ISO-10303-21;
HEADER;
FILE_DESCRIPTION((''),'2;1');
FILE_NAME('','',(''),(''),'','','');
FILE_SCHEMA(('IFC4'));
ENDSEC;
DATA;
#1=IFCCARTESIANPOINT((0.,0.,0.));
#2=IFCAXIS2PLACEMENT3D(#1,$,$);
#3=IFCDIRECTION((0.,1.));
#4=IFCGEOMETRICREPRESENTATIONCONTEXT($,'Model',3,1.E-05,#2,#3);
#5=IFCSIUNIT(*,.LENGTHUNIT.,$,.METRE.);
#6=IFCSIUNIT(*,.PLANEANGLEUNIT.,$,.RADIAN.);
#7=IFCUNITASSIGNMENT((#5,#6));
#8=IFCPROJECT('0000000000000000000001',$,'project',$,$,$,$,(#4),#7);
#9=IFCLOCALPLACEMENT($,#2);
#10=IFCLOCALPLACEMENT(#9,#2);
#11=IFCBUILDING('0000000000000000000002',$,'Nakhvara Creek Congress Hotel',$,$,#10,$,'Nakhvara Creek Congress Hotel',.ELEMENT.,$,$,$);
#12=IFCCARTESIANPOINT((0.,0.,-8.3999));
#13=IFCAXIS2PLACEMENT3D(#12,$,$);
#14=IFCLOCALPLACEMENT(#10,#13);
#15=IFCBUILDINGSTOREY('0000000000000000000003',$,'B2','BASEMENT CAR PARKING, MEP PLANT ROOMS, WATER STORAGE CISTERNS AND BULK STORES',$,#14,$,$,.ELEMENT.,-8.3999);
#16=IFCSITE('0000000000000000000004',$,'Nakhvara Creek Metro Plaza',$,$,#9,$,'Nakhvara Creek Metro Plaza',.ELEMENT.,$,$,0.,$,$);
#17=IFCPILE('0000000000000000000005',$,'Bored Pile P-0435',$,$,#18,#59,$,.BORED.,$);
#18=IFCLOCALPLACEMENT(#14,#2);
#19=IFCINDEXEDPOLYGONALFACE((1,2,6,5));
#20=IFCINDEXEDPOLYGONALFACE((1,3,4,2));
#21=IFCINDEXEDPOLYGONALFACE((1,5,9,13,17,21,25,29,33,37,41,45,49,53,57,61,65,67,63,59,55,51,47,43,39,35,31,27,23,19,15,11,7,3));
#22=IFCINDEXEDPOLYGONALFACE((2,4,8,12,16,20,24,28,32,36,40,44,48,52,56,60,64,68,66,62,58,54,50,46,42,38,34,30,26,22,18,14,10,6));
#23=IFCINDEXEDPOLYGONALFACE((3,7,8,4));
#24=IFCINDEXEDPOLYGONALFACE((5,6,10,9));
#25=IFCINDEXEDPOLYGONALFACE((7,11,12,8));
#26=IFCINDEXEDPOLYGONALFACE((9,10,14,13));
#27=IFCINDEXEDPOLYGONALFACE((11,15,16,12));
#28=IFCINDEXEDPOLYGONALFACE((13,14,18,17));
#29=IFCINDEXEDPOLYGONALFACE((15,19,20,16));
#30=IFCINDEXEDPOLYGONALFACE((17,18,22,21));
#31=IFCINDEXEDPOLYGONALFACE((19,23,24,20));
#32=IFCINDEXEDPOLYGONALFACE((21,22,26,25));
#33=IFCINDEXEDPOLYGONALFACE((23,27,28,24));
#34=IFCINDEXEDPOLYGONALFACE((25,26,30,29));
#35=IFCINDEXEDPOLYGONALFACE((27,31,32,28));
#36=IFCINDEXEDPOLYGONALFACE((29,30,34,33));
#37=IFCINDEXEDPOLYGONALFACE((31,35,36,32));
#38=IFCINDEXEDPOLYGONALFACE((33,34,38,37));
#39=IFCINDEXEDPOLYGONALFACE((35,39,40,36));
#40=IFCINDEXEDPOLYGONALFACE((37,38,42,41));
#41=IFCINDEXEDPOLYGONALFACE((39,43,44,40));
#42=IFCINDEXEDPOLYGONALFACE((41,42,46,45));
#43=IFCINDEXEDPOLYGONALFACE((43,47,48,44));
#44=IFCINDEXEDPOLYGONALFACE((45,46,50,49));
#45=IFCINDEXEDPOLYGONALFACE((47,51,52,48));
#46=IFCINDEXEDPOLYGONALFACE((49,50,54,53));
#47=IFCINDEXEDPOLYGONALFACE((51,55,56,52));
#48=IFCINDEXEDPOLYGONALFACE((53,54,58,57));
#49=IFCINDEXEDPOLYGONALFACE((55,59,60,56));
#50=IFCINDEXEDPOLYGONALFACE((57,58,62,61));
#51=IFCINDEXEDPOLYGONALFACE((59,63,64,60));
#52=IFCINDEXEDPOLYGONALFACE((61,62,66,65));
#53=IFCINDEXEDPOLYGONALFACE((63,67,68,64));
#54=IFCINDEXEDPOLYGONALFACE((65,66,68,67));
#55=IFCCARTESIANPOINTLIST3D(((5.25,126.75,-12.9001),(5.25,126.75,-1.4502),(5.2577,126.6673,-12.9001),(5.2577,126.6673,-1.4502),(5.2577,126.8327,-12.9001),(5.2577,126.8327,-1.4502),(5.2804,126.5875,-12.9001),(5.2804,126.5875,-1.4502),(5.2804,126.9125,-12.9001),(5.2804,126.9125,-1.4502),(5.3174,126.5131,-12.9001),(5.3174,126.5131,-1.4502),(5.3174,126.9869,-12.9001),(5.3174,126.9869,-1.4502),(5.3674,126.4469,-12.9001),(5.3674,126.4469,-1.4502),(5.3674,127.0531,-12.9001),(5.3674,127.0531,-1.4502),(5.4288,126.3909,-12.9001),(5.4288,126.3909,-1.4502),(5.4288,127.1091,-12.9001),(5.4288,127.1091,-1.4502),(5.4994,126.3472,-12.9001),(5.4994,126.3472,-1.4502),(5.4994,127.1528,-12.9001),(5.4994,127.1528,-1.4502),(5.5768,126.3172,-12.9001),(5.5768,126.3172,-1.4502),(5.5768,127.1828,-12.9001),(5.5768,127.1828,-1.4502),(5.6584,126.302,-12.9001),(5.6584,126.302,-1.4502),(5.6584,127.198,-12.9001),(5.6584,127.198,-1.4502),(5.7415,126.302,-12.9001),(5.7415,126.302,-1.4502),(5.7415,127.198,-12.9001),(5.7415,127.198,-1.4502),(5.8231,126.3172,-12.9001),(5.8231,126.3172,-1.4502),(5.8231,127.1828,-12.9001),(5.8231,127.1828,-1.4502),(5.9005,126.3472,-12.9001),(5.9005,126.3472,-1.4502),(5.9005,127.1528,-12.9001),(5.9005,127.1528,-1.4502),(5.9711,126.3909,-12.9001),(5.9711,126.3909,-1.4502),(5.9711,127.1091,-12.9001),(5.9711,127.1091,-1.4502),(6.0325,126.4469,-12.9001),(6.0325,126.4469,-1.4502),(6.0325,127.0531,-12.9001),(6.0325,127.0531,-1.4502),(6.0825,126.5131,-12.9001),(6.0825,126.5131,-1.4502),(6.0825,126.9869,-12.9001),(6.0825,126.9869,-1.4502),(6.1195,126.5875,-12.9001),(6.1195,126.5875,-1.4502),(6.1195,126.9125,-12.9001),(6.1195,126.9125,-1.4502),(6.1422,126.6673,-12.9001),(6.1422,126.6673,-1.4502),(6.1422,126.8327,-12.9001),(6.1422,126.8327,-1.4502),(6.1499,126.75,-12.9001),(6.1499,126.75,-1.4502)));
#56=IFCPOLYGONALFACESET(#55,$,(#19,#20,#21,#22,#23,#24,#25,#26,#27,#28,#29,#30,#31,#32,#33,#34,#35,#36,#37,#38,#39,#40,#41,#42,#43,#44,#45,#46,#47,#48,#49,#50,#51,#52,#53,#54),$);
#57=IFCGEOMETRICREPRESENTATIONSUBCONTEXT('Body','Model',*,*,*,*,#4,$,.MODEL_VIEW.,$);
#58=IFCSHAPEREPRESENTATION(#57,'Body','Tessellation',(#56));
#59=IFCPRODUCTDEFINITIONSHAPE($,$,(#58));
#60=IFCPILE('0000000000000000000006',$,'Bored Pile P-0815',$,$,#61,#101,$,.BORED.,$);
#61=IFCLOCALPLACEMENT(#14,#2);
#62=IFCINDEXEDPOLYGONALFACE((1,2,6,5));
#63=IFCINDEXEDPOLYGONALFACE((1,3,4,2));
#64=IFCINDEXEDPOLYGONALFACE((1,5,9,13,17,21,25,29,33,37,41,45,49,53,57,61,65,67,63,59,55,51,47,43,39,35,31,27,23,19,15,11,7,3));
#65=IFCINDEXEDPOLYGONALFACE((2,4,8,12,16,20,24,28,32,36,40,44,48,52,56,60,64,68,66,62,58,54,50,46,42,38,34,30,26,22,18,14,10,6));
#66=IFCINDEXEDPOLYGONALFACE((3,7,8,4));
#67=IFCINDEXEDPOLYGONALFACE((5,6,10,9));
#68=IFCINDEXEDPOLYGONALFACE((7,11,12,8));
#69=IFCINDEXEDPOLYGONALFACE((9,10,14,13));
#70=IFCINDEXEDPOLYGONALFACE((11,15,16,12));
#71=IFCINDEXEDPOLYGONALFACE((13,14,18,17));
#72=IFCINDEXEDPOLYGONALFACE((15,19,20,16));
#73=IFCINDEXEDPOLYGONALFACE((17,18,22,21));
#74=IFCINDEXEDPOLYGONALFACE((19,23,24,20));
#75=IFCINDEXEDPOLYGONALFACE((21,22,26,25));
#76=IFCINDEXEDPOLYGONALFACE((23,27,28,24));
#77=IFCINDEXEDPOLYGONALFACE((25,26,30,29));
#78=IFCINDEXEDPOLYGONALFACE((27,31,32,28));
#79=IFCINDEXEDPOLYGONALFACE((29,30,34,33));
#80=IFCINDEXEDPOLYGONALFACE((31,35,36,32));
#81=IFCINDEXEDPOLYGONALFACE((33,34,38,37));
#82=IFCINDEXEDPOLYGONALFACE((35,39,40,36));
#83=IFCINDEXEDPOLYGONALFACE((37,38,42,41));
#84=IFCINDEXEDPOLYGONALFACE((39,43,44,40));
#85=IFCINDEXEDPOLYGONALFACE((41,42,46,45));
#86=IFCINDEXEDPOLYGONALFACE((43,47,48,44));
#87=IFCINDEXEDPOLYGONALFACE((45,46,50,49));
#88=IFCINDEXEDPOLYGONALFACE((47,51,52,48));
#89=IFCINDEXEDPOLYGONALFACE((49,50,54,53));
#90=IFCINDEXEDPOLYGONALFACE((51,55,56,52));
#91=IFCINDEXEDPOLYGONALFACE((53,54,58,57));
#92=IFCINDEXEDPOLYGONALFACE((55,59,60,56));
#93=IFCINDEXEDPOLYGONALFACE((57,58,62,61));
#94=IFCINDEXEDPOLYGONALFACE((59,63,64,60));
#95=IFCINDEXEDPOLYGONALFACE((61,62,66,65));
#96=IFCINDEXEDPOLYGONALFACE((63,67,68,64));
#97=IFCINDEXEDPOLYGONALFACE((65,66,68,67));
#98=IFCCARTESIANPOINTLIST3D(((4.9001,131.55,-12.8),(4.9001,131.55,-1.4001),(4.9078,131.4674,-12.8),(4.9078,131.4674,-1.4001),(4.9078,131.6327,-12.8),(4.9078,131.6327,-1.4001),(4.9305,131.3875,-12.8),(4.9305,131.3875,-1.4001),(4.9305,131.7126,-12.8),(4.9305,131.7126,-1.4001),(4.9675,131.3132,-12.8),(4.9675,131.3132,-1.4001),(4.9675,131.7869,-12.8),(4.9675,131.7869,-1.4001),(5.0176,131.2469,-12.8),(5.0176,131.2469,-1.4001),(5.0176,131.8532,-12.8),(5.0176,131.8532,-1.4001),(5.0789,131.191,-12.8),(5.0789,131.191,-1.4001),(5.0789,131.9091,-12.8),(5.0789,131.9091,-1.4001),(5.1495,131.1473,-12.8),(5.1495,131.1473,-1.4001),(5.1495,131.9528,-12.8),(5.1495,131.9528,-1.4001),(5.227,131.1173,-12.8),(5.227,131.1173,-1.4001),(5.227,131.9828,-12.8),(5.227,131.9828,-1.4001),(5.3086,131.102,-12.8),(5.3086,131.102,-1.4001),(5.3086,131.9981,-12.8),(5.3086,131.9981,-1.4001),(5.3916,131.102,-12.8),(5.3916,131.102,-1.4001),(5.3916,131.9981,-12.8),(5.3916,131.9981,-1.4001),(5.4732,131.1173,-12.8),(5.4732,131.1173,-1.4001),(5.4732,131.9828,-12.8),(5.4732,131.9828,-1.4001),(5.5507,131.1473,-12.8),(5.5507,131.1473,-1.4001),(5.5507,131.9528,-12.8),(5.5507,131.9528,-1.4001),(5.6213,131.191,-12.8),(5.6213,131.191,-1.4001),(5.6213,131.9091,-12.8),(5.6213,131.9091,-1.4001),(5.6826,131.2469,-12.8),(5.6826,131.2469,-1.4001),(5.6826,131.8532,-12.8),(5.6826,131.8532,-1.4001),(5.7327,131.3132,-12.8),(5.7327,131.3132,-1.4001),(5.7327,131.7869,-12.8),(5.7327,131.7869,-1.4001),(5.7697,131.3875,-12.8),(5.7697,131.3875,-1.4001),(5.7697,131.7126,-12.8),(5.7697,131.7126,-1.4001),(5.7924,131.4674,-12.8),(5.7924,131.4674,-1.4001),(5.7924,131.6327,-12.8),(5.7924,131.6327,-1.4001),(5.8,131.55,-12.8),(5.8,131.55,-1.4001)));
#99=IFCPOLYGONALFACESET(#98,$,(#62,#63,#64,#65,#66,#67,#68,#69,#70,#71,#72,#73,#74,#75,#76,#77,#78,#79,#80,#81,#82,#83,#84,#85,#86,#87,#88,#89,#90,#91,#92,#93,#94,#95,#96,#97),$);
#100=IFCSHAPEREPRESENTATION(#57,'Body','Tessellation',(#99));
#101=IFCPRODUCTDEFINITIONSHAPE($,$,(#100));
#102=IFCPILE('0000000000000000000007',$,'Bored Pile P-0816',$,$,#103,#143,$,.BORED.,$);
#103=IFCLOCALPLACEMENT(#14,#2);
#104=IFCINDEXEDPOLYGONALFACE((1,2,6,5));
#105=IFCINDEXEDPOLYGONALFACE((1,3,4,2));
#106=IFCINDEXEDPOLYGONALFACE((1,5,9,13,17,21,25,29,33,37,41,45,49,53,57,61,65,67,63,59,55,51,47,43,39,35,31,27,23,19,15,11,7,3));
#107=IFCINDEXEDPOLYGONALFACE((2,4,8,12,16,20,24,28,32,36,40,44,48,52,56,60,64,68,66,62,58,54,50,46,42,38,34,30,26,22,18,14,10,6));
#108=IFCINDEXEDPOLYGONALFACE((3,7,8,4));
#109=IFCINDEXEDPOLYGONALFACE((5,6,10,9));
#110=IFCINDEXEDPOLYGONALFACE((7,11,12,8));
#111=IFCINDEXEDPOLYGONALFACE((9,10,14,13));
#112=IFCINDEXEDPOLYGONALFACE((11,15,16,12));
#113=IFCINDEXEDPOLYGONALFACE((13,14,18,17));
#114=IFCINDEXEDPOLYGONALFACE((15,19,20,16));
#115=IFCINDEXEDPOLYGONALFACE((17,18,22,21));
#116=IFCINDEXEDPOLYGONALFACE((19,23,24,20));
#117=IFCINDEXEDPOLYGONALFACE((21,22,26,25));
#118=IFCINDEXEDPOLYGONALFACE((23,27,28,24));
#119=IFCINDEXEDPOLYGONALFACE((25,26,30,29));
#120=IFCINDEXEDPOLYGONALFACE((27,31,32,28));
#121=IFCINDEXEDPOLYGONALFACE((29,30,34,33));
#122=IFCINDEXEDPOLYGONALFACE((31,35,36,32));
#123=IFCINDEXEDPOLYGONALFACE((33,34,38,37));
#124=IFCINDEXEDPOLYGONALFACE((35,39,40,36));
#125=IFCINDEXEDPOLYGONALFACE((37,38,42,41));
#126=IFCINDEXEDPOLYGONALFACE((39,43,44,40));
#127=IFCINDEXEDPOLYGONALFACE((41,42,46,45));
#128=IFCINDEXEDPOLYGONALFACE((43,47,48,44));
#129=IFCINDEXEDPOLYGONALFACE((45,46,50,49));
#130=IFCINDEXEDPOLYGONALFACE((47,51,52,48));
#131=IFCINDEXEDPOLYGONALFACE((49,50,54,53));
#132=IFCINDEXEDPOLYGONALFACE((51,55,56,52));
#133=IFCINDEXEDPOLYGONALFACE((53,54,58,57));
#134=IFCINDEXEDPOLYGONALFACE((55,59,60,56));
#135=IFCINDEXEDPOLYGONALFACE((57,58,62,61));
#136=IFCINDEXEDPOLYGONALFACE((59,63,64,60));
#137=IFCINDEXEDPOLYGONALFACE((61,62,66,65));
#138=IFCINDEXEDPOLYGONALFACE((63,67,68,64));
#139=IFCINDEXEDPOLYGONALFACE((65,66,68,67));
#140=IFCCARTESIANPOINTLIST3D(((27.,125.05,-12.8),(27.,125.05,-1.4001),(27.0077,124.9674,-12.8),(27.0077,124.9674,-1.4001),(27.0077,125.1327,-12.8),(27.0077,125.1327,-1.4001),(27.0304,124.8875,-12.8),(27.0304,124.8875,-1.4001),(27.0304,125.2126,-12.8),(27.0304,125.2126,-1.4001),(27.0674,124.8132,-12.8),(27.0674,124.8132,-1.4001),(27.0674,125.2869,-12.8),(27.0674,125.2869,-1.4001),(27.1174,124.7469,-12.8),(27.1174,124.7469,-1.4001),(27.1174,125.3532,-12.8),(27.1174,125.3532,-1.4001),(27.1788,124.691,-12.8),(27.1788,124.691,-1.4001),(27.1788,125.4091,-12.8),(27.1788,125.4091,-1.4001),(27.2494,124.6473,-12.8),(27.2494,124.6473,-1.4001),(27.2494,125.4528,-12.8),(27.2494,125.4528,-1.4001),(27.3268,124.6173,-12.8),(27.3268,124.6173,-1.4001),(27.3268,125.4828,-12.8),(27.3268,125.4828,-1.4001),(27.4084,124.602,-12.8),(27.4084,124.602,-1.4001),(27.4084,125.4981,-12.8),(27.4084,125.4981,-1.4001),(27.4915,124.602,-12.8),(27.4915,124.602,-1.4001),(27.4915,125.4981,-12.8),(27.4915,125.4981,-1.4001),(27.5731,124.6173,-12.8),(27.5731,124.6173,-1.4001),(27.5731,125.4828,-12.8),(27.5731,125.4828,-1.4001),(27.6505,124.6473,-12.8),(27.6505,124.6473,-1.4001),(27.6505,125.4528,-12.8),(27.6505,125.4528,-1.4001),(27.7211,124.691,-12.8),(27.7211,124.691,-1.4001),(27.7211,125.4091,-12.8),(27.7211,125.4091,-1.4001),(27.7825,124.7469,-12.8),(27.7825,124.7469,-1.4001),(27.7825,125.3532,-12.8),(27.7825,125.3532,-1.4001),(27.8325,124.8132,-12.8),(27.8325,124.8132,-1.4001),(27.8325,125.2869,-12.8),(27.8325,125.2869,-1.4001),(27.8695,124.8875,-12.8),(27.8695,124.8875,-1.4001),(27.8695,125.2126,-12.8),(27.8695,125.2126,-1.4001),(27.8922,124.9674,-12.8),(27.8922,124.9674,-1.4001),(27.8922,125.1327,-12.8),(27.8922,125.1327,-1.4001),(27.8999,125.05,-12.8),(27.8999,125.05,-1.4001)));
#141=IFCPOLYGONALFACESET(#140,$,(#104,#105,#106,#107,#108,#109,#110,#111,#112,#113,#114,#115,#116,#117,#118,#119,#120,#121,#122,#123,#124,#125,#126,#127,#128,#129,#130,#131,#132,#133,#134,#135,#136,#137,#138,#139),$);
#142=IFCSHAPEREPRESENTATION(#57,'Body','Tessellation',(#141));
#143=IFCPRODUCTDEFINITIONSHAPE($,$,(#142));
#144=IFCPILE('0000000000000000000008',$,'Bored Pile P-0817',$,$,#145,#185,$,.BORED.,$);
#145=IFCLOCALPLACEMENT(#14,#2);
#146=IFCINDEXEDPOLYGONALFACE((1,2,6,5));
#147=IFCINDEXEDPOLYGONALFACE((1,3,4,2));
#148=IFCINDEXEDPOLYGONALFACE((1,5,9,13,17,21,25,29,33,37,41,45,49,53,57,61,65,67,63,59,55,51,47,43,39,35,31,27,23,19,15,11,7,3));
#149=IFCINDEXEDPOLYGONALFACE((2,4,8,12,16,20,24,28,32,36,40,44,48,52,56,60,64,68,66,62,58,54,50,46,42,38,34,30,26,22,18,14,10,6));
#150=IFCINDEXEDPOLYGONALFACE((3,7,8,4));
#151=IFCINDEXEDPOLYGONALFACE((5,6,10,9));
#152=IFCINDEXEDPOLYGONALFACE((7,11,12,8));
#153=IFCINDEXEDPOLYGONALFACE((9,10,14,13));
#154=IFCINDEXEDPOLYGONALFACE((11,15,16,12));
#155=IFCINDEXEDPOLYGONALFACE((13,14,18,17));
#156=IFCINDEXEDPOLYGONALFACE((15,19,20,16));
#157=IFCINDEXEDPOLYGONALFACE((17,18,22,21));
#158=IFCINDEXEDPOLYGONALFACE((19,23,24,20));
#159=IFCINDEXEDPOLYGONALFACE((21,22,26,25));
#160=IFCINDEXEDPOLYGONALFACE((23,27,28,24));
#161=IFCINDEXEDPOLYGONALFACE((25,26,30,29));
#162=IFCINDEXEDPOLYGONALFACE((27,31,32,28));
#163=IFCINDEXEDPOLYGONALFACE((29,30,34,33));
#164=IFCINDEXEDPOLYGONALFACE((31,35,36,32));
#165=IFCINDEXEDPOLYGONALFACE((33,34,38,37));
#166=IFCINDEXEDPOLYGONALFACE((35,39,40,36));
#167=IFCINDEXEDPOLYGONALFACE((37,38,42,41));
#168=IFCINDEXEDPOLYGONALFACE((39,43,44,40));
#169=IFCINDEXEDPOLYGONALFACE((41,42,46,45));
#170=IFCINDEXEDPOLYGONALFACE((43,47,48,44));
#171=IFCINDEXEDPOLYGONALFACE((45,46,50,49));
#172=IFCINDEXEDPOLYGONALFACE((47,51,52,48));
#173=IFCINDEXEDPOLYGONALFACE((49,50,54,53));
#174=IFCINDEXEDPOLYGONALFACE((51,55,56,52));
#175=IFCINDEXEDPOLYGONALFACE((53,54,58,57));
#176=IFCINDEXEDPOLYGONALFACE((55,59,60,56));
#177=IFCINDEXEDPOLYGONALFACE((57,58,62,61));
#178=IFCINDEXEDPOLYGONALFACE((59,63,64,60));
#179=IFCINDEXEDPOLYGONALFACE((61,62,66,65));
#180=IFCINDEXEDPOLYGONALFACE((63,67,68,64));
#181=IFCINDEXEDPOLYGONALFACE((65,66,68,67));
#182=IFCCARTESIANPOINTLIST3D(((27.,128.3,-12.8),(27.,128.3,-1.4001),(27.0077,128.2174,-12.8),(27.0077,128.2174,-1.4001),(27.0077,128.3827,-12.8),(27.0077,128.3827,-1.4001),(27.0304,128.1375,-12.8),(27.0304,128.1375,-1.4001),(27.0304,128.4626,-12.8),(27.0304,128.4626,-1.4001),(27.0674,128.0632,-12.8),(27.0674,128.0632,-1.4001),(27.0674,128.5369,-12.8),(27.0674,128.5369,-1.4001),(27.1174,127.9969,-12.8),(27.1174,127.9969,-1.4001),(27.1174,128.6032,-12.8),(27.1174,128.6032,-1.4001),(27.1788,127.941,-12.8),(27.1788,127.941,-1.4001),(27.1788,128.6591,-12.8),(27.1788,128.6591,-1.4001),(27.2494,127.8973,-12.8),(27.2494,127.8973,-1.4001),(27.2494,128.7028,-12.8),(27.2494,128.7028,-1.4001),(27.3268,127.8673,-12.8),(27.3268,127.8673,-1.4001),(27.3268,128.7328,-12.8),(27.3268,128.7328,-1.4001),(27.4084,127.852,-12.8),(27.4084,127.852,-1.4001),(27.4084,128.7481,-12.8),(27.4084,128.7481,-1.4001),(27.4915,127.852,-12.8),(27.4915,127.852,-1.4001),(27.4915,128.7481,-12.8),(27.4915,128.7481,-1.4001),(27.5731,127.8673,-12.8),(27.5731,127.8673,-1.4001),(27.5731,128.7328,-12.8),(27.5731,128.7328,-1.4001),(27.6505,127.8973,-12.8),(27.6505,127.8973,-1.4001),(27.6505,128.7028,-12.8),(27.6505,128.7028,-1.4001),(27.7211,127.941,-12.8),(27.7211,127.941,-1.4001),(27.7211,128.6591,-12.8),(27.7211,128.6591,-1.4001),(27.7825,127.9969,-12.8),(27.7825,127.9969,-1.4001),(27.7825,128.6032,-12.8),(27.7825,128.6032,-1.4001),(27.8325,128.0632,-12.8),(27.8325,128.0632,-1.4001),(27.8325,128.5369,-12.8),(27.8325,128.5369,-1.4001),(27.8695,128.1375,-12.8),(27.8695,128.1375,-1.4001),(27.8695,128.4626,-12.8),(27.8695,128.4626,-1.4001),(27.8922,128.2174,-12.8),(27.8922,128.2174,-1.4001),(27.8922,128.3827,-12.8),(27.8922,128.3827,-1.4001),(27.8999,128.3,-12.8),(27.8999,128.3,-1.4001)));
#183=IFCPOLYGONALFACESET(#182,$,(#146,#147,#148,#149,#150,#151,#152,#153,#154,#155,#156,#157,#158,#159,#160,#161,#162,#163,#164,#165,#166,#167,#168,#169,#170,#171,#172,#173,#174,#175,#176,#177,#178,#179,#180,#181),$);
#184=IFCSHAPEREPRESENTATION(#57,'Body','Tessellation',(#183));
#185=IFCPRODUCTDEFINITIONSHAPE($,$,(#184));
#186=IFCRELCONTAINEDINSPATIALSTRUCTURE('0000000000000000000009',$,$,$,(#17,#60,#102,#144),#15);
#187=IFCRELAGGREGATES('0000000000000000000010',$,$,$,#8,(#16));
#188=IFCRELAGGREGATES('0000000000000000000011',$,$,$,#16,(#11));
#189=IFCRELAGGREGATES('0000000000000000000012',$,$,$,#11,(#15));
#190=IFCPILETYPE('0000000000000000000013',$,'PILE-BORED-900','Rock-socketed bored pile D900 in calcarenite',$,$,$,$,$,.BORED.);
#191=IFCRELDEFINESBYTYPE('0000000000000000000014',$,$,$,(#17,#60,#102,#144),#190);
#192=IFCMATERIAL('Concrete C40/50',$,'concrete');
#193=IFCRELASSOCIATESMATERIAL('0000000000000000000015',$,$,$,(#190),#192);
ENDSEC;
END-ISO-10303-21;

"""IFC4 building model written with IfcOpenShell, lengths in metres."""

from ifc_helpers import new_model, si_unit, direction, frame, origin, origin_2d, place, context, subcontext, project, spatial, circle, extrude, material, material_profile, profile_set, type_object, element, save


model = new_model("IFC4")

# Units and contexts
model_context = context("Model", 3, precision=1e-05, world=origin(), true_north=direction((0.0, 1.0)))
body_context = subcontext(model_context, "Body", "Model", "MODEL_VIEW")
ifc_project = project(units=[si_unit("LENGTHUNIT", "METRE"), si_unit("PLANEANGLEUNIT", "RADIAN")], contexts=[model_context])

# Site, building, storey
site_placement = place(None, origin())
site = spatial("IfcSite", under=ifc_project, at=site_placement, Name="Nakhvara Creek Metro Plaza", LongName="Nakhvara Creek Metro Plaza", CompositionType="ELEMENT", RefElevation=0.0)
building_placement = place(site_placement, origin())
building = spatial("IfcBuilding", under=site, at=building_placement, Name="Nakhvara Creek Congress Hotel", LongName="Nakhvara Creek Congress Hotel", CompositionType="ELEMENT")
storey_placement = place(building_placement, frame((0.0, 0.0, -8.3999)))
storey = spatial("IfcBuildingStorey", under=building, at=storey_placement, Name="B2", Description="BASEMENT CAR PARKING, MEP PLANT ROOMS, WATER STORAGE CISTERNS AND BULK STORES", CompositionType="ELEMENT", Elevation=-8.3999)

# Shared definitions
ifc_material_1 = material(Name="Concrete C40/50", Category="concrete")

# Piles
ifc_material_profile_1 = material_profile(ifc_material_1, circle(Radius=0.45, at=origin_2d()), Name="BORED PILE D900", Category="LoadBearing")
ifc_profile_set_1 = profile_set([ifc_material_profile_1], Name="Concrete C40/50")
pile_type = type_object("IfcPileType", Name="PILE-BORED-900", Description="Rock-socketed bored pile D900 in calcarenite", PredefinedType="BORED", material=ifc_profile_set_1)
for number, where, z_axis, x_axis, name in (
    (1, (5.7, 126.75, -1.4502), (0.0, 0.0, -1.0), (1.0, 0.0, 0.0), "Bored Pile P-0435"),
):
    element("IfcPile", number, at=place(storey_placement, frame(where, z_axis=z_axis, x_axis=x_axis)), inside=storey, type_object=pile_type, Name=name, PredefinedType="BORED", context=body_context, shape_type="SweptSolid", body=[
        extrude(circle(Radius=0.45, at=origin_2d()), origin(), (0.0, 0.0, 1.0), 11.45),
    ])
for number, where, z_axis, x_axis, name in (
    (2, (5.3501, 131.55, -1.4001), (0.0, 0.0, -1.0), (1.0, 0.0, 0.0), "Bored Pile P-0815"),
    (3, (27.45, 125.05, -1.4001), (0.0, 0.0, -1.0), (1.0, 0.0, 0.0), "Bored Pile P-0816"),
    (4, (27.45, 128.3, -1.4001), (0.0, 0.0, -1.0), (1.0, 0.0, 0.0), "Bored Pile P-0817"),
):
    element("IfcPile", number, at=place(storey_placement, frame(where, z_axis=z_axis, x_axis=x_axis)), inside=storey, type_object=pile_type, Name=name, PredefinedType="BORED", context=body_context, shape_type="SweptSolid", body=[
        extrude(circle(Radius=0.45, at=origin_2d()), origin(), (0.0, 0.0, 1.0), 11.3999),
    ])

save(model, "model.ifc")
